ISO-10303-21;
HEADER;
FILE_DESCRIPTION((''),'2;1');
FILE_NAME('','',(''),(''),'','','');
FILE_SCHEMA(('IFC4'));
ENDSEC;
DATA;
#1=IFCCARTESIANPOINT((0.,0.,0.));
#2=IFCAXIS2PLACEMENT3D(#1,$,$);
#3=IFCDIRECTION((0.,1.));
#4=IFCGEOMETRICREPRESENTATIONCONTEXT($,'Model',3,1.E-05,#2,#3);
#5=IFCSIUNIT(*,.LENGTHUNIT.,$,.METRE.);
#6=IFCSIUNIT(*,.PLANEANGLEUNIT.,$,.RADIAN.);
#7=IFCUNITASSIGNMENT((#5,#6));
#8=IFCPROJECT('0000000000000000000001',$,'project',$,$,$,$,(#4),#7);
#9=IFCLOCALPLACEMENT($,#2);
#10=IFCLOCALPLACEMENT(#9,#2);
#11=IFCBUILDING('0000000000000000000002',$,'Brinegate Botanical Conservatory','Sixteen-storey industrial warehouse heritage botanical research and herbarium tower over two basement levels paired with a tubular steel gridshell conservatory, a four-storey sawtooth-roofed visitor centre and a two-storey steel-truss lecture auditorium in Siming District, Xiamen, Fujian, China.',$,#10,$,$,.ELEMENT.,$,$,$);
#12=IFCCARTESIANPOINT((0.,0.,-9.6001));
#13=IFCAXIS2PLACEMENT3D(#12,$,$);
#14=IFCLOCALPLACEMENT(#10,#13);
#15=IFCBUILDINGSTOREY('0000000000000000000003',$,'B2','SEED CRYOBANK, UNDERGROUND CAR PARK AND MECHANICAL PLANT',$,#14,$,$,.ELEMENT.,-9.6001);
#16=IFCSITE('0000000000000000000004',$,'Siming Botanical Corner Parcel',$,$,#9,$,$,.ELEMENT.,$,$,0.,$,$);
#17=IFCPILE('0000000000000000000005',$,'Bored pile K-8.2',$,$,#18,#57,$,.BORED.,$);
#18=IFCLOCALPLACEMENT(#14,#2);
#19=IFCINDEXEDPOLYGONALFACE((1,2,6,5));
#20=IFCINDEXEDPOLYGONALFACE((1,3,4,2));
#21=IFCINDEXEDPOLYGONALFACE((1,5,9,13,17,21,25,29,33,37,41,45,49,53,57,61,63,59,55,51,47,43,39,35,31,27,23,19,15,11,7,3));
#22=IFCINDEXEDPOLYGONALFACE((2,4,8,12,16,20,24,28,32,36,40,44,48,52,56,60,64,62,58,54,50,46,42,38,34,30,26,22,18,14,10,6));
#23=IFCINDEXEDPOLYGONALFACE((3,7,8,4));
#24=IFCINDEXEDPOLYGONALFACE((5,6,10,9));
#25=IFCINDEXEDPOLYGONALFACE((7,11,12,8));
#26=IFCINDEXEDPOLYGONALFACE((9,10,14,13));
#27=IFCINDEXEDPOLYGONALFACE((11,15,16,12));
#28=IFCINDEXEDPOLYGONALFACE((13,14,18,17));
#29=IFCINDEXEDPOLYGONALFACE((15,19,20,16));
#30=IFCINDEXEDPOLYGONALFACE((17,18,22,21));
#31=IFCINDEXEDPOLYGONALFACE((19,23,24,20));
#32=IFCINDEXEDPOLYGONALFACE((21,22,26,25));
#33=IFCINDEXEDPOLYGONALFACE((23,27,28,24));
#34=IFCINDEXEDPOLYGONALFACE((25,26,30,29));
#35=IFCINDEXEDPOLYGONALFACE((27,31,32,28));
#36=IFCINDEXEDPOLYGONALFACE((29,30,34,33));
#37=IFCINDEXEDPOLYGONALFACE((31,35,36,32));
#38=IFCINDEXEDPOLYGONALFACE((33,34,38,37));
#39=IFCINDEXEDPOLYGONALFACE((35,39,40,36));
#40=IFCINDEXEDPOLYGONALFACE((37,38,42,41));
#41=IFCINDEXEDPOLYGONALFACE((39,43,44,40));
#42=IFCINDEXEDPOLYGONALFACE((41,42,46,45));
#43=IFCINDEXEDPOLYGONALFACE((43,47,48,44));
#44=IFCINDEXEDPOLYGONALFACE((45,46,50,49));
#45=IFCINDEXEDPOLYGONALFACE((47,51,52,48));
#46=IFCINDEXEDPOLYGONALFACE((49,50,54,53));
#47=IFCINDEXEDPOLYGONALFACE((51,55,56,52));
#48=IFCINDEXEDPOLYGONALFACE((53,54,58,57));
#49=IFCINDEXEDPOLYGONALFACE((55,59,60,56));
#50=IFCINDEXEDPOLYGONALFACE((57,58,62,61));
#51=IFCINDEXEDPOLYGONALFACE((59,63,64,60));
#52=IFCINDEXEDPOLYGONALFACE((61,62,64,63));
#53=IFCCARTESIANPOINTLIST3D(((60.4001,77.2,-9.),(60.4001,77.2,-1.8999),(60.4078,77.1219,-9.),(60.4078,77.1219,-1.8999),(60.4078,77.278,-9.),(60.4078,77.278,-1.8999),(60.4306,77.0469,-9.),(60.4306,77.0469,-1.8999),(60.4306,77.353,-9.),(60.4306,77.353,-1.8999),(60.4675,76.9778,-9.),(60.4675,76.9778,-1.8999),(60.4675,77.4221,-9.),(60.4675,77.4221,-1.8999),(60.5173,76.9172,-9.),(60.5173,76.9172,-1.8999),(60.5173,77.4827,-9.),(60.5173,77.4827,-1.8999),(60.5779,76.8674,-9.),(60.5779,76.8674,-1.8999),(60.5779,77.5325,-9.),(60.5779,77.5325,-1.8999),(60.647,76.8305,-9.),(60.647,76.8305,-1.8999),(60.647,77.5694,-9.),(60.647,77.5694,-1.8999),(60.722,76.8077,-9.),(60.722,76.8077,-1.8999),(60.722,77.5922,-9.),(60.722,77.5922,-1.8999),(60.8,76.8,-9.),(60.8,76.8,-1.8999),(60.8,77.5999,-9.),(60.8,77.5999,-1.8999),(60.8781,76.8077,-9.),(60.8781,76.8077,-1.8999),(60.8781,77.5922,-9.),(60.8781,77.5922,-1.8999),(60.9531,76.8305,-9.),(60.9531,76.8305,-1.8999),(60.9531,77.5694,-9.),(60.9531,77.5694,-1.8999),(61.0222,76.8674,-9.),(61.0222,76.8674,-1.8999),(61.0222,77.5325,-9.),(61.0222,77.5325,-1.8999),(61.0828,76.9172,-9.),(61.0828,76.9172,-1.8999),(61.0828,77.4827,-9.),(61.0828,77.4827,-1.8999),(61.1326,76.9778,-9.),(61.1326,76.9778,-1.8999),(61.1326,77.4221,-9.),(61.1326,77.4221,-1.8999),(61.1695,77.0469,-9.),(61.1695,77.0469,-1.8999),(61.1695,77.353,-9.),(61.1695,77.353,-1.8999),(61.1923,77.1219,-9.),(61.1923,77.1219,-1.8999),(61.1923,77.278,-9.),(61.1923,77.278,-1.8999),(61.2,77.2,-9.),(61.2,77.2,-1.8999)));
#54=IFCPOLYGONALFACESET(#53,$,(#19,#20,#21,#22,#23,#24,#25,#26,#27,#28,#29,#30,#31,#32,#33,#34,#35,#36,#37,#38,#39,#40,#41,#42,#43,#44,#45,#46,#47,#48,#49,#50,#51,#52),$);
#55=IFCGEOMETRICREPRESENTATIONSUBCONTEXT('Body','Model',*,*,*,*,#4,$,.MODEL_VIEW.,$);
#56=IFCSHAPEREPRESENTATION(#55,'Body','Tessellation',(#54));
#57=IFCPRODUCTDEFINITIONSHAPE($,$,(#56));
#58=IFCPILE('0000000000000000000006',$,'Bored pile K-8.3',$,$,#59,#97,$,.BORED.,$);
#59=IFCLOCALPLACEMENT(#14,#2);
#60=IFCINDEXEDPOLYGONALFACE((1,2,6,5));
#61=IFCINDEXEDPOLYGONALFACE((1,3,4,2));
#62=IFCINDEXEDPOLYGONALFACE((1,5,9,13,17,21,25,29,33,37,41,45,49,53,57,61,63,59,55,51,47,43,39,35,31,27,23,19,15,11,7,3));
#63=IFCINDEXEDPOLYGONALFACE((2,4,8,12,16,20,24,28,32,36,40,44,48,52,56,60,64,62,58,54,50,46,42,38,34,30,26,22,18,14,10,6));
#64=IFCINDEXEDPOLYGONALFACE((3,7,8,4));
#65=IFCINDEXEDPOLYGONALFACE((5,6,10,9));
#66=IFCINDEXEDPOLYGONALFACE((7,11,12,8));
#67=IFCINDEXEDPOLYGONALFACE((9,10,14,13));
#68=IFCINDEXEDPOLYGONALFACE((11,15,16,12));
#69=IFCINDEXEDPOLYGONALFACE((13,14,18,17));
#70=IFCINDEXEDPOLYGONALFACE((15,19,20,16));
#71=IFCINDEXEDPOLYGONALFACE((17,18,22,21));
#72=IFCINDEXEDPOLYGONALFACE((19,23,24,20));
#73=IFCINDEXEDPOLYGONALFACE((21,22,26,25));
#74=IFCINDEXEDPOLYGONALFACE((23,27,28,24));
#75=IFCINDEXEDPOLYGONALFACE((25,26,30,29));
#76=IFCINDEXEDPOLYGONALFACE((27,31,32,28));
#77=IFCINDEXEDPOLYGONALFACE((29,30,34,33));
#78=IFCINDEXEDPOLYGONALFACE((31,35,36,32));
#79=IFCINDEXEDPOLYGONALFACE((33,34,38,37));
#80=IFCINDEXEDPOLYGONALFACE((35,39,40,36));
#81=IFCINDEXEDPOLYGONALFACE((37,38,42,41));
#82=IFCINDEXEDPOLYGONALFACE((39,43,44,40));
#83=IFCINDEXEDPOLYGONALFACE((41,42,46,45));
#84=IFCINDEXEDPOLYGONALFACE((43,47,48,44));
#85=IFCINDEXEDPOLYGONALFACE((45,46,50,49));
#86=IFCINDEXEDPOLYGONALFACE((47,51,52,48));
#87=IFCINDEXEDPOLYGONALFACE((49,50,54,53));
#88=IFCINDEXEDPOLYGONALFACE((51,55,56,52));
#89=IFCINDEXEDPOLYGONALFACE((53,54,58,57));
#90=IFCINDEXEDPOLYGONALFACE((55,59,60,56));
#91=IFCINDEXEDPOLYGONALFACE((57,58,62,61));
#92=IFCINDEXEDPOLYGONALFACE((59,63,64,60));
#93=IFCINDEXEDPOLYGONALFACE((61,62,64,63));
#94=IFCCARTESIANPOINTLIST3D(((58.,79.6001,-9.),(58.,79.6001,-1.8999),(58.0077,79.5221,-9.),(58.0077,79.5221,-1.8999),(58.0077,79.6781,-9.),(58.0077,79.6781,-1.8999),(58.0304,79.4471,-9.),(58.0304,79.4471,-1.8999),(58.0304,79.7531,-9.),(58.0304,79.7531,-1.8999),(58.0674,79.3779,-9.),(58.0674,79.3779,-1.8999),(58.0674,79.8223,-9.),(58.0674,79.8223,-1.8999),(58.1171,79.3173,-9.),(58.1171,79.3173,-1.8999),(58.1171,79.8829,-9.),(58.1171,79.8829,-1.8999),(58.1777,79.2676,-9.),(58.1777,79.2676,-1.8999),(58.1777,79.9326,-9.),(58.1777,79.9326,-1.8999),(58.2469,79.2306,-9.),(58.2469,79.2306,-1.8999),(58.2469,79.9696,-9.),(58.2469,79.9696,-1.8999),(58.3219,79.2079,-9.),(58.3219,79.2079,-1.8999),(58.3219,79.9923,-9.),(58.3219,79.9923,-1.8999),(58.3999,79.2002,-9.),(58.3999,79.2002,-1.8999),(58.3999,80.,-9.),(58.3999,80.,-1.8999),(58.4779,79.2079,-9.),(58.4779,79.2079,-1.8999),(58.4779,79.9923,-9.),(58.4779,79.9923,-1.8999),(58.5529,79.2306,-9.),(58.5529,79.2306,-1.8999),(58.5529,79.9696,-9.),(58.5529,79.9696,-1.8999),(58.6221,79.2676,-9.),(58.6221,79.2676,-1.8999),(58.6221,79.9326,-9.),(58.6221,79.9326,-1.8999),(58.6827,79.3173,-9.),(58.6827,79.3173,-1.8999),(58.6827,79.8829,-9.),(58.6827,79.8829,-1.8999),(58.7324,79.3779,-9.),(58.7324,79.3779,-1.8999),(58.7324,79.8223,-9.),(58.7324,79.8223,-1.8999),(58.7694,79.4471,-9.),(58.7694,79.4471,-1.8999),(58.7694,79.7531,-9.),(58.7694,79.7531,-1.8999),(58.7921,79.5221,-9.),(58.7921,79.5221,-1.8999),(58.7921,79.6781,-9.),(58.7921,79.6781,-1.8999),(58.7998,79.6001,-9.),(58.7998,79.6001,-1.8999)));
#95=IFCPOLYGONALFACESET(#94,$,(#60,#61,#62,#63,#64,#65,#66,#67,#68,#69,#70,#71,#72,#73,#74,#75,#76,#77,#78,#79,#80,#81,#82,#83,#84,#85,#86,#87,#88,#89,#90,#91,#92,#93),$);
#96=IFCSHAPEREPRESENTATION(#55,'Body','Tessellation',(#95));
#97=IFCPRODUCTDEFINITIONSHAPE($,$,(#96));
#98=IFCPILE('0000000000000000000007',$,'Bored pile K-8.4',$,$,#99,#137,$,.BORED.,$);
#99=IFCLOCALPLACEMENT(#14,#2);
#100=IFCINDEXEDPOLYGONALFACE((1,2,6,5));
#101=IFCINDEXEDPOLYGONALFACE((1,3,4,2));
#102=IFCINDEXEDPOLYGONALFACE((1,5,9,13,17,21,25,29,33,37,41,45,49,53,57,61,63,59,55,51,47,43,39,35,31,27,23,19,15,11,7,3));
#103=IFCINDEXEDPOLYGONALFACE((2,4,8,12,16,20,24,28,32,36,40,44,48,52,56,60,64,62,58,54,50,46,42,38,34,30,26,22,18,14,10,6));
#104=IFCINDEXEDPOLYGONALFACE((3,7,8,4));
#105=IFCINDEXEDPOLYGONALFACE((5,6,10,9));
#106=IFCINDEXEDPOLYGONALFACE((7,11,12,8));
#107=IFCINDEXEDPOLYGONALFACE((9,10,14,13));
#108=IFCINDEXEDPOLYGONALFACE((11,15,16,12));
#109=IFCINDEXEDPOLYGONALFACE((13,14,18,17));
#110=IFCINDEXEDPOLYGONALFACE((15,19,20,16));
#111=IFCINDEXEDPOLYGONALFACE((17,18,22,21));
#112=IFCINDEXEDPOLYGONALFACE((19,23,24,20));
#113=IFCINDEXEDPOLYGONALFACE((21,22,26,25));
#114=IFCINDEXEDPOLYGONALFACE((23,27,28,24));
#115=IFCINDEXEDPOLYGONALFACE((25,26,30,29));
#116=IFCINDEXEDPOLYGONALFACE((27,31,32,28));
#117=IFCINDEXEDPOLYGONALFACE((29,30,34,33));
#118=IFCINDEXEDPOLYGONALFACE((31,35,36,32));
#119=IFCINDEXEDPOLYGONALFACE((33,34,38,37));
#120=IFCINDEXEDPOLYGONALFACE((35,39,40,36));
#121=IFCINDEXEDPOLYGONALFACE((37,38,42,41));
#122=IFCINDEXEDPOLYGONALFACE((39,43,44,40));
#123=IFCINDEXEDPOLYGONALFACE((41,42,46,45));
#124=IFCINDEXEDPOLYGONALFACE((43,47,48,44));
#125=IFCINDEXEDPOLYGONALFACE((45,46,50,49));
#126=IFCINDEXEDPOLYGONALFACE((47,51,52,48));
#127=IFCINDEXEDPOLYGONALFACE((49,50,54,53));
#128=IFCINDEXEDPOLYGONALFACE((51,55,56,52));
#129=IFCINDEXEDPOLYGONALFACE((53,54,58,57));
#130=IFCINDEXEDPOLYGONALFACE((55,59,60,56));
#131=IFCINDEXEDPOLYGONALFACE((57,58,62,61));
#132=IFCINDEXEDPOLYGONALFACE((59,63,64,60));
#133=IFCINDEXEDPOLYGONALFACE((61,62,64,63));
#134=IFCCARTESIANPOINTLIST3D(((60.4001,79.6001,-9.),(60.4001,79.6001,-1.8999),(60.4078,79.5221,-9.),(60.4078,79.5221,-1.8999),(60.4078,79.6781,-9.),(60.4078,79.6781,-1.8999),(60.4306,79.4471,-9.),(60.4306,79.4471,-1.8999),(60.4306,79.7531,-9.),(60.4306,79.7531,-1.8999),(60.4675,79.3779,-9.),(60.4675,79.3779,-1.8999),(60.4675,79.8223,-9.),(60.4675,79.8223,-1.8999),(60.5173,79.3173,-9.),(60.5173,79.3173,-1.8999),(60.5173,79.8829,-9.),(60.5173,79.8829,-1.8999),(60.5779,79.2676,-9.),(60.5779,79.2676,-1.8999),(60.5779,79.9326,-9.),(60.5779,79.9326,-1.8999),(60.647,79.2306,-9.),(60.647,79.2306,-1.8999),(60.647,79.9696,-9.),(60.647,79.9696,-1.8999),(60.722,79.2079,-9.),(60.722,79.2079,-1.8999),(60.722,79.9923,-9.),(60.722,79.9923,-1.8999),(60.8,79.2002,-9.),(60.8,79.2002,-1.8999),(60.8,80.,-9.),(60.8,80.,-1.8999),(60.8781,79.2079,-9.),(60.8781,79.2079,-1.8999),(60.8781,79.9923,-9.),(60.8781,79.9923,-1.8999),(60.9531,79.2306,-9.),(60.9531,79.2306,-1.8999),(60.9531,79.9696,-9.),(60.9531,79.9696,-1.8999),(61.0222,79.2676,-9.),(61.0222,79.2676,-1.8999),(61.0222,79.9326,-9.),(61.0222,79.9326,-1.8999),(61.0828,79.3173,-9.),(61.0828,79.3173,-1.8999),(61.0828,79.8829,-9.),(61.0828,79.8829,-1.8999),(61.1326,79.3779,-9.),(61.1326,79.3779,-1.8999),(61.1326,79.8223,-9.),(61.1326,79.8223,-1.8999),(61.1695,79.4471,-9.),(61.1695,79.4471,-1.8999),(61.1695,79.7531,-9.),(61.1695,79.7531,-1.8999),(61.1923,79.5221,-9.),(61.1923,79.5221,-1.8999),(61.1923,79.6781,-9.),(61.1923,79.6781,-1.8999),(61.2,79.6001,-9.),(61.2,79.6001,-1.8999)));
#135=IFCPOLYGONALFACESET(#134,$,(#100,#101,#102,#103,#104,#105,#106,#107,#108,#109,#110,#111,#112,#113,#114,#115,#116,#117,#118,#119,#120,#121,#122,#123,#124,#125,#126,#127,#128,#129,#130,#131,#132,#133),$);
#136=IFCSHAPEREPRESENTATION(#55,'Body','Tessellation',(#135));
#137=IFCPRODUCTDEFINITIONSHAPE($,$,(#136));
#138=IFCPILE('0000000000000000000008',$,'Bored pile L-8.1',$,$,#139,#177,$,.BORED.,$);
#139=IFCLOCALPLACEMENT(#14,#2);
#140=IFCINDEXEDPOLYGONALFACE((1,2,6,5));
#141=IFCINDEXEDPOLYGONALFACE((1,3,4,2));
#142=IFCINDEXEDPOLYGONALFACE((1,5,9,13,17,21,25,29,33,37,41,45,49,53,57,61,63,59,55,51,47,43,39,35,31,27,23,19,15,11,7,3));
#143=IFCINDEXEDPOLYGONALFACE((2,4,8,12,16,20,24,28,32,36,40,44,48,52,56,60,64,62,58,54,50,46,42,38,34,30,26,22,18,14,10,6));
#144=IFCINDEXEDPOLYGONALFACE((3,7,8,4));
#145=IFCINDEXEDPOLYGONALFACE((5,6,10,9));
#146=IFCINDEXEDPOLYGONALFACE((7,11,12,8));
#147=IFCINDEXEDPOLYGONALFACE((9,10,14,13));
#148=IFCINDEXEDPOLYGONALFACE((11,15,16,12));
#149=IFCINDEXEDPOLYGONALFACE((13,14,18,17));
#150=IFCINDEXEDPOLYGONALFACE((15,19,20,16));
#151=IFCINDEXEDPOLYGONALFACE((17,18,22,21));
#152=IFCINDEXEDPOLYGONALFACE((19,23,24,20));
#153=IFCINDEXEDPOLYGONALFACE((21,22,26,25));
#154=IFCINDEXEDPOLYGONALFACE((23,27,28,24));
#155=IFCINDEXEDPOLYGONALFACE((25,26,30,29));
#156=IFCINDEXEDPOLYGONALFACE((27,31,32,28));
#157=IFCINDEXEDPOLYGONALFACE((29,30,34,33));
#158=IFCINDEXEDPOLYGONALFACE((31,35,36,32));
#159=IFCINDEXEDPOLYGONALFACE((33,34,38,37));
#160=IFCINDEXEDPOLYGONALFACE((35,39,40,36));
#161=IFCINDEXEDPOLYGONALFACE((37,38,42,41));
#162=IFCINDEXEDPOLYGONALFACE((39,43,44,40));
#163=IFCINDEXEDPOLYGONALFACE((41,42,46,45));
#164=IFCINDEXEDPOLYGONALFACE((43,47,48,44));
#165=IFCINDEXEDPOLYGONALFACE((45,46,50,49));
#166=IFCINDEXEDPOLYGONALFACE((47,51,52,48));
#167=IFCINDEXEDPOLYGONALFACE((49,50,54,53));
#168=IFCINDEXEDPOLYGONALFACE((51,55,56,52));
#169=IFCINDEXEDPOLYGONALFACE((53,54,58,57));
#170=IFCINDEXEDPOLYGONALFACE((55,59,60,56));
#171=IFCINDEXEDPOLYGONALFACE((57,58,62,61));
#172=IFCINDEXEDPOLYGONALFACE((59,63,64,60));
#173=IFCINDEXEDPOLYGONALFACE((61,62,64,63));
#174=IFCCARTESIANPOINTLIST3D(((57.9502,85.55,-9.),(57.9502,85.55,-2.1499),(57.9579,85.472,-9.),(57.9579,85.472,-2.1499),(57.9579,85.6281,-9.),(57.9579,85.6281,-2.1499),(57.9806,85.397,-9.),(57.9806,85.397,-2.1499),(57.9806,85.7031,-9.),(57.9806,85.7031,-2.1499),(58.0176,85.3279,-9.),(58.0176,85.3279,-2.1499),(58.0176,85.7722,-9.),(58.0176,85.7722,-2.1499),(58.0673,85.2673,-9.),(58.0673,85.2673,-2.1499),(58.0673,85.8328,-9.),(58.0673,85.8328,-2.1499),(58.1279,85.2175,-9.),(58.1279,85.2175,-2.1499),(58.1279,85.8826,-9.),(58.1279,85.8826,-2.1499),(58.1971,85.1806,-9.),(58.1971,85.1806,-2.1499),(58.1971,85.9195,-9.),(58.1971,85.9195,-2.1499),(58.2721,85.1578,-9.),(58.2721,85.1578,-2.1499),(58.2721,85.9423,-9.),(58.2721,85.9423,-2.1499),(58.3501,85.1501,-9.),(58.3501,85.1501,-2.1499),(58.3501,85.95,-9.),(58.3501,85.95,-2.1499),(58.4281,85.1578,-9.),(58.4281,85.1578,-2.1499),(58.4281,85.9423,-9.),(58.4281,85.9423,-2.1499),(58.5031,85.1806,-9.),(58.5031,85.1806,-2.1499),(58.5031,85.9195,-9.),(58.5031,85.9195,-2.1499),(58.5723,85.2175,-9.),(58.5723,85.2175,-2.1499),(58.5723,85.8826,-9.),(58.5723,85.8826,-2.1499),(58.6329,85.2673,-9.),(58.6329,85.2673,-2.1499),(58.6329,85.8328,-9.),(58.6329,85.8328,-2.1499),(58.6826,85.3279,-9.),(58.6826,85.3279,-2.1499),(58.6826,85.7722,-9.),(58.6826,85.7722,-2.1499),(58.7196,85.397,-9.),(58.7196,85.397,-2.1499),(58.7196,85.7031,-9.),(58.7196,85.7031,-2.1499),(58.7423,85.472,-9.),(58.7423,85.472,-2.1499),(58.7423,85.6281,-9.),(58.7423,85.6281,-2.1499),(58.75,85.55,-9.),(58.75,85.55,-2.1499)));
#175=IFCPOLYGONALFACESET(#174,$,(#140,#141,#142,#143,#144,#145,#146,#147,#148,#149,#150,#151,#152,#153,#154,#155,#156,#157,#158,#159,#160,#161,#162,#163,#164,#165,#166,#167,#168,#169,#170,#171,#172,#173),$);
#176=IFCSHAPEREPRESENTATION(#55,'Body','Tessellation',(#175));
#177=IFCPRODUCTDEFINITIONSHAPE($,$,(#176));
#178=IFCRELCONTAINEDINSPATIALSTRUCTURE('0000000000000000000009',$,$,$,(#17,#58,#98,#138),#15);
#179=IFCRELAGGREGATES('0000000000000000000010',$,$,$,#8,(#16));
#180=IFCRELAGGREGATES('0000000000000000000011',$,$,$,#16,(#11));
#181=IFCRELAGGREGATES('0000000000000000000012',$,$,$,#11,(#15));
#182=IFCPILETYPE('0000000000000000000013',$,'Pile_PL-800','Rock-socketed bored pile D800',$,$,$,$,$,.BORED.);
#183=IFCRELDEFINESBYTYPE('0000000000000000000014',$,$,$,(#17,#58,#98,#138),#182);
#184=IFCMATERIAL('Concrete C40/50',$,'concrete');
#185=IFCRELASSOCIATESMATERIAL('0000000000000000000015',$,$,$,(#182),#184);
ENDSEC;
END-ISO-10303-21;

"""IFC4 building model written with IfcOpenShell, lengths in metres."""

from ifc_helpers import new_model, si_unit, direction, frame, origin, origin_2d, place, context, subcontext, project, spatial, circle, extrude, material, material_profile, profile_set, type_object, element, save


model = new_model("IFC4")

# Units and contexts
model_context = context("Model", 3, precision=1e-05, world=origin(), true_north=direction((0.0, 1.0)))
body_context = subcontext(model_context, "Body", "Model", "MODEL_VIEW")
ifc_project = project(units=[si_unit("LENGTHUNIT", "METRE"), si_unit("PLANEANGLEUNIT", "RADIAN")], contexts=[model_context])

# Site, building, storey
site_placement = place(None, origin())
site = spatial("IfcSite", under=ifc_project, at=site_placement, Name="Siming Botanical Corner Parcel", CompositionType="ELEMENT", RefElevation=0.0)
building_placement = place(site_placement, origin())
building = spatial("IfcBuilding", under=site, at=building_placement, Name="Brinegate Botanical Conservatory", Description="Sixteen-storey industrial warehouse heritage botanical research and herbarium tower over two basement levels paired with a tubular steel gridshell conservatory, a four-storey sawtooth-roofed visitor centre and a two-storey steel-truss lecture auditorium in Siming District, Xiamen, Fujian, China.", CompositionType="ELEMENT")
storey_placement = place(building_placement, frame((0.0, 0.0, -9.6001)))
storey = spatial("IfcBuildingStorey", under=building, at=storey_placement, Name="B2", Description="SEED CRYOBANK, UNDERGROUND CAR PARK AND MECHANICAL PLANT", CompositionType="ELEMENT", Elevation=-9.6001)

# Shared definitions
ifc_material = material(Name="Concrete C40/50", Category="concrete")

# Piles
ifc_material_profile_1 = material_profile(ifc_material, circle(Radius=0.3999, at=origin_2d()), Name="PILE D800")
ifc_profile_set_1 = profile_set([ifc_material_profile_1], Name="Concrete C40/50")
pile_type = type_object("IfcPileType", Name="Pile_PL-800", Description="Rock-socketed bored pile D800", PredefinedType="BORED", material=ifc_profile_set_1)
for number, where, z_axis, x_axis, name in (
    (1, (60.8, 77.2, -1.8999), (0.0, 0.0, -1.0), (1.0, 0.0, 0.0), "Bored pile K-8.2"),
    (2, (58.3999, 79.6001, -1.8999), (0.0, 0.0, -1.0), (1.0, 0.0, 0.0), "Bored pile K-8.3"),
    (3, (60.8, 79.6001, -1.8999), (0.0, 0.0, -1.0), (1.0, 0.0, 0.0), "Bored pile K-8.4"),
):
    element("IfcPile", number, at=place(storey_placement, frame(where, z_axis=z_axis, x_axis=x_axis)), inside=storey, type_object=pile_type, Name=name, PredefinedType="BORED", context=body_context, shape_type="SweptSolid", body=[
        extrude(circle(Radius=0.3999, at=origin_2d()), origin(), (0.0, 0.0, 1.0), 7.1001),
    ])
for number, where, z_axis, x_axis, name in (
    (4, (58.3501, 85.55, -2.1499), (0.0, 0.0, -1.0), (1.0, 0.0, 0.0), "Bored pile L-8.1"),
):
    element("IfcPile", number, at=place(storey_placement, frame(where, z_axis=z_axis, x_axis=x_axis)), inside=storey, type_object=pile_type, Name=name, PredefinedType="BORED", context=body_context, shape_type="SweptSolid", body=[
        extrude(circle(Radius=0.3999, at=origin_2d()), origin(), (0.0, 0.0, 1.0), 6.8501),
    ])

save(model, "model.ifc")
